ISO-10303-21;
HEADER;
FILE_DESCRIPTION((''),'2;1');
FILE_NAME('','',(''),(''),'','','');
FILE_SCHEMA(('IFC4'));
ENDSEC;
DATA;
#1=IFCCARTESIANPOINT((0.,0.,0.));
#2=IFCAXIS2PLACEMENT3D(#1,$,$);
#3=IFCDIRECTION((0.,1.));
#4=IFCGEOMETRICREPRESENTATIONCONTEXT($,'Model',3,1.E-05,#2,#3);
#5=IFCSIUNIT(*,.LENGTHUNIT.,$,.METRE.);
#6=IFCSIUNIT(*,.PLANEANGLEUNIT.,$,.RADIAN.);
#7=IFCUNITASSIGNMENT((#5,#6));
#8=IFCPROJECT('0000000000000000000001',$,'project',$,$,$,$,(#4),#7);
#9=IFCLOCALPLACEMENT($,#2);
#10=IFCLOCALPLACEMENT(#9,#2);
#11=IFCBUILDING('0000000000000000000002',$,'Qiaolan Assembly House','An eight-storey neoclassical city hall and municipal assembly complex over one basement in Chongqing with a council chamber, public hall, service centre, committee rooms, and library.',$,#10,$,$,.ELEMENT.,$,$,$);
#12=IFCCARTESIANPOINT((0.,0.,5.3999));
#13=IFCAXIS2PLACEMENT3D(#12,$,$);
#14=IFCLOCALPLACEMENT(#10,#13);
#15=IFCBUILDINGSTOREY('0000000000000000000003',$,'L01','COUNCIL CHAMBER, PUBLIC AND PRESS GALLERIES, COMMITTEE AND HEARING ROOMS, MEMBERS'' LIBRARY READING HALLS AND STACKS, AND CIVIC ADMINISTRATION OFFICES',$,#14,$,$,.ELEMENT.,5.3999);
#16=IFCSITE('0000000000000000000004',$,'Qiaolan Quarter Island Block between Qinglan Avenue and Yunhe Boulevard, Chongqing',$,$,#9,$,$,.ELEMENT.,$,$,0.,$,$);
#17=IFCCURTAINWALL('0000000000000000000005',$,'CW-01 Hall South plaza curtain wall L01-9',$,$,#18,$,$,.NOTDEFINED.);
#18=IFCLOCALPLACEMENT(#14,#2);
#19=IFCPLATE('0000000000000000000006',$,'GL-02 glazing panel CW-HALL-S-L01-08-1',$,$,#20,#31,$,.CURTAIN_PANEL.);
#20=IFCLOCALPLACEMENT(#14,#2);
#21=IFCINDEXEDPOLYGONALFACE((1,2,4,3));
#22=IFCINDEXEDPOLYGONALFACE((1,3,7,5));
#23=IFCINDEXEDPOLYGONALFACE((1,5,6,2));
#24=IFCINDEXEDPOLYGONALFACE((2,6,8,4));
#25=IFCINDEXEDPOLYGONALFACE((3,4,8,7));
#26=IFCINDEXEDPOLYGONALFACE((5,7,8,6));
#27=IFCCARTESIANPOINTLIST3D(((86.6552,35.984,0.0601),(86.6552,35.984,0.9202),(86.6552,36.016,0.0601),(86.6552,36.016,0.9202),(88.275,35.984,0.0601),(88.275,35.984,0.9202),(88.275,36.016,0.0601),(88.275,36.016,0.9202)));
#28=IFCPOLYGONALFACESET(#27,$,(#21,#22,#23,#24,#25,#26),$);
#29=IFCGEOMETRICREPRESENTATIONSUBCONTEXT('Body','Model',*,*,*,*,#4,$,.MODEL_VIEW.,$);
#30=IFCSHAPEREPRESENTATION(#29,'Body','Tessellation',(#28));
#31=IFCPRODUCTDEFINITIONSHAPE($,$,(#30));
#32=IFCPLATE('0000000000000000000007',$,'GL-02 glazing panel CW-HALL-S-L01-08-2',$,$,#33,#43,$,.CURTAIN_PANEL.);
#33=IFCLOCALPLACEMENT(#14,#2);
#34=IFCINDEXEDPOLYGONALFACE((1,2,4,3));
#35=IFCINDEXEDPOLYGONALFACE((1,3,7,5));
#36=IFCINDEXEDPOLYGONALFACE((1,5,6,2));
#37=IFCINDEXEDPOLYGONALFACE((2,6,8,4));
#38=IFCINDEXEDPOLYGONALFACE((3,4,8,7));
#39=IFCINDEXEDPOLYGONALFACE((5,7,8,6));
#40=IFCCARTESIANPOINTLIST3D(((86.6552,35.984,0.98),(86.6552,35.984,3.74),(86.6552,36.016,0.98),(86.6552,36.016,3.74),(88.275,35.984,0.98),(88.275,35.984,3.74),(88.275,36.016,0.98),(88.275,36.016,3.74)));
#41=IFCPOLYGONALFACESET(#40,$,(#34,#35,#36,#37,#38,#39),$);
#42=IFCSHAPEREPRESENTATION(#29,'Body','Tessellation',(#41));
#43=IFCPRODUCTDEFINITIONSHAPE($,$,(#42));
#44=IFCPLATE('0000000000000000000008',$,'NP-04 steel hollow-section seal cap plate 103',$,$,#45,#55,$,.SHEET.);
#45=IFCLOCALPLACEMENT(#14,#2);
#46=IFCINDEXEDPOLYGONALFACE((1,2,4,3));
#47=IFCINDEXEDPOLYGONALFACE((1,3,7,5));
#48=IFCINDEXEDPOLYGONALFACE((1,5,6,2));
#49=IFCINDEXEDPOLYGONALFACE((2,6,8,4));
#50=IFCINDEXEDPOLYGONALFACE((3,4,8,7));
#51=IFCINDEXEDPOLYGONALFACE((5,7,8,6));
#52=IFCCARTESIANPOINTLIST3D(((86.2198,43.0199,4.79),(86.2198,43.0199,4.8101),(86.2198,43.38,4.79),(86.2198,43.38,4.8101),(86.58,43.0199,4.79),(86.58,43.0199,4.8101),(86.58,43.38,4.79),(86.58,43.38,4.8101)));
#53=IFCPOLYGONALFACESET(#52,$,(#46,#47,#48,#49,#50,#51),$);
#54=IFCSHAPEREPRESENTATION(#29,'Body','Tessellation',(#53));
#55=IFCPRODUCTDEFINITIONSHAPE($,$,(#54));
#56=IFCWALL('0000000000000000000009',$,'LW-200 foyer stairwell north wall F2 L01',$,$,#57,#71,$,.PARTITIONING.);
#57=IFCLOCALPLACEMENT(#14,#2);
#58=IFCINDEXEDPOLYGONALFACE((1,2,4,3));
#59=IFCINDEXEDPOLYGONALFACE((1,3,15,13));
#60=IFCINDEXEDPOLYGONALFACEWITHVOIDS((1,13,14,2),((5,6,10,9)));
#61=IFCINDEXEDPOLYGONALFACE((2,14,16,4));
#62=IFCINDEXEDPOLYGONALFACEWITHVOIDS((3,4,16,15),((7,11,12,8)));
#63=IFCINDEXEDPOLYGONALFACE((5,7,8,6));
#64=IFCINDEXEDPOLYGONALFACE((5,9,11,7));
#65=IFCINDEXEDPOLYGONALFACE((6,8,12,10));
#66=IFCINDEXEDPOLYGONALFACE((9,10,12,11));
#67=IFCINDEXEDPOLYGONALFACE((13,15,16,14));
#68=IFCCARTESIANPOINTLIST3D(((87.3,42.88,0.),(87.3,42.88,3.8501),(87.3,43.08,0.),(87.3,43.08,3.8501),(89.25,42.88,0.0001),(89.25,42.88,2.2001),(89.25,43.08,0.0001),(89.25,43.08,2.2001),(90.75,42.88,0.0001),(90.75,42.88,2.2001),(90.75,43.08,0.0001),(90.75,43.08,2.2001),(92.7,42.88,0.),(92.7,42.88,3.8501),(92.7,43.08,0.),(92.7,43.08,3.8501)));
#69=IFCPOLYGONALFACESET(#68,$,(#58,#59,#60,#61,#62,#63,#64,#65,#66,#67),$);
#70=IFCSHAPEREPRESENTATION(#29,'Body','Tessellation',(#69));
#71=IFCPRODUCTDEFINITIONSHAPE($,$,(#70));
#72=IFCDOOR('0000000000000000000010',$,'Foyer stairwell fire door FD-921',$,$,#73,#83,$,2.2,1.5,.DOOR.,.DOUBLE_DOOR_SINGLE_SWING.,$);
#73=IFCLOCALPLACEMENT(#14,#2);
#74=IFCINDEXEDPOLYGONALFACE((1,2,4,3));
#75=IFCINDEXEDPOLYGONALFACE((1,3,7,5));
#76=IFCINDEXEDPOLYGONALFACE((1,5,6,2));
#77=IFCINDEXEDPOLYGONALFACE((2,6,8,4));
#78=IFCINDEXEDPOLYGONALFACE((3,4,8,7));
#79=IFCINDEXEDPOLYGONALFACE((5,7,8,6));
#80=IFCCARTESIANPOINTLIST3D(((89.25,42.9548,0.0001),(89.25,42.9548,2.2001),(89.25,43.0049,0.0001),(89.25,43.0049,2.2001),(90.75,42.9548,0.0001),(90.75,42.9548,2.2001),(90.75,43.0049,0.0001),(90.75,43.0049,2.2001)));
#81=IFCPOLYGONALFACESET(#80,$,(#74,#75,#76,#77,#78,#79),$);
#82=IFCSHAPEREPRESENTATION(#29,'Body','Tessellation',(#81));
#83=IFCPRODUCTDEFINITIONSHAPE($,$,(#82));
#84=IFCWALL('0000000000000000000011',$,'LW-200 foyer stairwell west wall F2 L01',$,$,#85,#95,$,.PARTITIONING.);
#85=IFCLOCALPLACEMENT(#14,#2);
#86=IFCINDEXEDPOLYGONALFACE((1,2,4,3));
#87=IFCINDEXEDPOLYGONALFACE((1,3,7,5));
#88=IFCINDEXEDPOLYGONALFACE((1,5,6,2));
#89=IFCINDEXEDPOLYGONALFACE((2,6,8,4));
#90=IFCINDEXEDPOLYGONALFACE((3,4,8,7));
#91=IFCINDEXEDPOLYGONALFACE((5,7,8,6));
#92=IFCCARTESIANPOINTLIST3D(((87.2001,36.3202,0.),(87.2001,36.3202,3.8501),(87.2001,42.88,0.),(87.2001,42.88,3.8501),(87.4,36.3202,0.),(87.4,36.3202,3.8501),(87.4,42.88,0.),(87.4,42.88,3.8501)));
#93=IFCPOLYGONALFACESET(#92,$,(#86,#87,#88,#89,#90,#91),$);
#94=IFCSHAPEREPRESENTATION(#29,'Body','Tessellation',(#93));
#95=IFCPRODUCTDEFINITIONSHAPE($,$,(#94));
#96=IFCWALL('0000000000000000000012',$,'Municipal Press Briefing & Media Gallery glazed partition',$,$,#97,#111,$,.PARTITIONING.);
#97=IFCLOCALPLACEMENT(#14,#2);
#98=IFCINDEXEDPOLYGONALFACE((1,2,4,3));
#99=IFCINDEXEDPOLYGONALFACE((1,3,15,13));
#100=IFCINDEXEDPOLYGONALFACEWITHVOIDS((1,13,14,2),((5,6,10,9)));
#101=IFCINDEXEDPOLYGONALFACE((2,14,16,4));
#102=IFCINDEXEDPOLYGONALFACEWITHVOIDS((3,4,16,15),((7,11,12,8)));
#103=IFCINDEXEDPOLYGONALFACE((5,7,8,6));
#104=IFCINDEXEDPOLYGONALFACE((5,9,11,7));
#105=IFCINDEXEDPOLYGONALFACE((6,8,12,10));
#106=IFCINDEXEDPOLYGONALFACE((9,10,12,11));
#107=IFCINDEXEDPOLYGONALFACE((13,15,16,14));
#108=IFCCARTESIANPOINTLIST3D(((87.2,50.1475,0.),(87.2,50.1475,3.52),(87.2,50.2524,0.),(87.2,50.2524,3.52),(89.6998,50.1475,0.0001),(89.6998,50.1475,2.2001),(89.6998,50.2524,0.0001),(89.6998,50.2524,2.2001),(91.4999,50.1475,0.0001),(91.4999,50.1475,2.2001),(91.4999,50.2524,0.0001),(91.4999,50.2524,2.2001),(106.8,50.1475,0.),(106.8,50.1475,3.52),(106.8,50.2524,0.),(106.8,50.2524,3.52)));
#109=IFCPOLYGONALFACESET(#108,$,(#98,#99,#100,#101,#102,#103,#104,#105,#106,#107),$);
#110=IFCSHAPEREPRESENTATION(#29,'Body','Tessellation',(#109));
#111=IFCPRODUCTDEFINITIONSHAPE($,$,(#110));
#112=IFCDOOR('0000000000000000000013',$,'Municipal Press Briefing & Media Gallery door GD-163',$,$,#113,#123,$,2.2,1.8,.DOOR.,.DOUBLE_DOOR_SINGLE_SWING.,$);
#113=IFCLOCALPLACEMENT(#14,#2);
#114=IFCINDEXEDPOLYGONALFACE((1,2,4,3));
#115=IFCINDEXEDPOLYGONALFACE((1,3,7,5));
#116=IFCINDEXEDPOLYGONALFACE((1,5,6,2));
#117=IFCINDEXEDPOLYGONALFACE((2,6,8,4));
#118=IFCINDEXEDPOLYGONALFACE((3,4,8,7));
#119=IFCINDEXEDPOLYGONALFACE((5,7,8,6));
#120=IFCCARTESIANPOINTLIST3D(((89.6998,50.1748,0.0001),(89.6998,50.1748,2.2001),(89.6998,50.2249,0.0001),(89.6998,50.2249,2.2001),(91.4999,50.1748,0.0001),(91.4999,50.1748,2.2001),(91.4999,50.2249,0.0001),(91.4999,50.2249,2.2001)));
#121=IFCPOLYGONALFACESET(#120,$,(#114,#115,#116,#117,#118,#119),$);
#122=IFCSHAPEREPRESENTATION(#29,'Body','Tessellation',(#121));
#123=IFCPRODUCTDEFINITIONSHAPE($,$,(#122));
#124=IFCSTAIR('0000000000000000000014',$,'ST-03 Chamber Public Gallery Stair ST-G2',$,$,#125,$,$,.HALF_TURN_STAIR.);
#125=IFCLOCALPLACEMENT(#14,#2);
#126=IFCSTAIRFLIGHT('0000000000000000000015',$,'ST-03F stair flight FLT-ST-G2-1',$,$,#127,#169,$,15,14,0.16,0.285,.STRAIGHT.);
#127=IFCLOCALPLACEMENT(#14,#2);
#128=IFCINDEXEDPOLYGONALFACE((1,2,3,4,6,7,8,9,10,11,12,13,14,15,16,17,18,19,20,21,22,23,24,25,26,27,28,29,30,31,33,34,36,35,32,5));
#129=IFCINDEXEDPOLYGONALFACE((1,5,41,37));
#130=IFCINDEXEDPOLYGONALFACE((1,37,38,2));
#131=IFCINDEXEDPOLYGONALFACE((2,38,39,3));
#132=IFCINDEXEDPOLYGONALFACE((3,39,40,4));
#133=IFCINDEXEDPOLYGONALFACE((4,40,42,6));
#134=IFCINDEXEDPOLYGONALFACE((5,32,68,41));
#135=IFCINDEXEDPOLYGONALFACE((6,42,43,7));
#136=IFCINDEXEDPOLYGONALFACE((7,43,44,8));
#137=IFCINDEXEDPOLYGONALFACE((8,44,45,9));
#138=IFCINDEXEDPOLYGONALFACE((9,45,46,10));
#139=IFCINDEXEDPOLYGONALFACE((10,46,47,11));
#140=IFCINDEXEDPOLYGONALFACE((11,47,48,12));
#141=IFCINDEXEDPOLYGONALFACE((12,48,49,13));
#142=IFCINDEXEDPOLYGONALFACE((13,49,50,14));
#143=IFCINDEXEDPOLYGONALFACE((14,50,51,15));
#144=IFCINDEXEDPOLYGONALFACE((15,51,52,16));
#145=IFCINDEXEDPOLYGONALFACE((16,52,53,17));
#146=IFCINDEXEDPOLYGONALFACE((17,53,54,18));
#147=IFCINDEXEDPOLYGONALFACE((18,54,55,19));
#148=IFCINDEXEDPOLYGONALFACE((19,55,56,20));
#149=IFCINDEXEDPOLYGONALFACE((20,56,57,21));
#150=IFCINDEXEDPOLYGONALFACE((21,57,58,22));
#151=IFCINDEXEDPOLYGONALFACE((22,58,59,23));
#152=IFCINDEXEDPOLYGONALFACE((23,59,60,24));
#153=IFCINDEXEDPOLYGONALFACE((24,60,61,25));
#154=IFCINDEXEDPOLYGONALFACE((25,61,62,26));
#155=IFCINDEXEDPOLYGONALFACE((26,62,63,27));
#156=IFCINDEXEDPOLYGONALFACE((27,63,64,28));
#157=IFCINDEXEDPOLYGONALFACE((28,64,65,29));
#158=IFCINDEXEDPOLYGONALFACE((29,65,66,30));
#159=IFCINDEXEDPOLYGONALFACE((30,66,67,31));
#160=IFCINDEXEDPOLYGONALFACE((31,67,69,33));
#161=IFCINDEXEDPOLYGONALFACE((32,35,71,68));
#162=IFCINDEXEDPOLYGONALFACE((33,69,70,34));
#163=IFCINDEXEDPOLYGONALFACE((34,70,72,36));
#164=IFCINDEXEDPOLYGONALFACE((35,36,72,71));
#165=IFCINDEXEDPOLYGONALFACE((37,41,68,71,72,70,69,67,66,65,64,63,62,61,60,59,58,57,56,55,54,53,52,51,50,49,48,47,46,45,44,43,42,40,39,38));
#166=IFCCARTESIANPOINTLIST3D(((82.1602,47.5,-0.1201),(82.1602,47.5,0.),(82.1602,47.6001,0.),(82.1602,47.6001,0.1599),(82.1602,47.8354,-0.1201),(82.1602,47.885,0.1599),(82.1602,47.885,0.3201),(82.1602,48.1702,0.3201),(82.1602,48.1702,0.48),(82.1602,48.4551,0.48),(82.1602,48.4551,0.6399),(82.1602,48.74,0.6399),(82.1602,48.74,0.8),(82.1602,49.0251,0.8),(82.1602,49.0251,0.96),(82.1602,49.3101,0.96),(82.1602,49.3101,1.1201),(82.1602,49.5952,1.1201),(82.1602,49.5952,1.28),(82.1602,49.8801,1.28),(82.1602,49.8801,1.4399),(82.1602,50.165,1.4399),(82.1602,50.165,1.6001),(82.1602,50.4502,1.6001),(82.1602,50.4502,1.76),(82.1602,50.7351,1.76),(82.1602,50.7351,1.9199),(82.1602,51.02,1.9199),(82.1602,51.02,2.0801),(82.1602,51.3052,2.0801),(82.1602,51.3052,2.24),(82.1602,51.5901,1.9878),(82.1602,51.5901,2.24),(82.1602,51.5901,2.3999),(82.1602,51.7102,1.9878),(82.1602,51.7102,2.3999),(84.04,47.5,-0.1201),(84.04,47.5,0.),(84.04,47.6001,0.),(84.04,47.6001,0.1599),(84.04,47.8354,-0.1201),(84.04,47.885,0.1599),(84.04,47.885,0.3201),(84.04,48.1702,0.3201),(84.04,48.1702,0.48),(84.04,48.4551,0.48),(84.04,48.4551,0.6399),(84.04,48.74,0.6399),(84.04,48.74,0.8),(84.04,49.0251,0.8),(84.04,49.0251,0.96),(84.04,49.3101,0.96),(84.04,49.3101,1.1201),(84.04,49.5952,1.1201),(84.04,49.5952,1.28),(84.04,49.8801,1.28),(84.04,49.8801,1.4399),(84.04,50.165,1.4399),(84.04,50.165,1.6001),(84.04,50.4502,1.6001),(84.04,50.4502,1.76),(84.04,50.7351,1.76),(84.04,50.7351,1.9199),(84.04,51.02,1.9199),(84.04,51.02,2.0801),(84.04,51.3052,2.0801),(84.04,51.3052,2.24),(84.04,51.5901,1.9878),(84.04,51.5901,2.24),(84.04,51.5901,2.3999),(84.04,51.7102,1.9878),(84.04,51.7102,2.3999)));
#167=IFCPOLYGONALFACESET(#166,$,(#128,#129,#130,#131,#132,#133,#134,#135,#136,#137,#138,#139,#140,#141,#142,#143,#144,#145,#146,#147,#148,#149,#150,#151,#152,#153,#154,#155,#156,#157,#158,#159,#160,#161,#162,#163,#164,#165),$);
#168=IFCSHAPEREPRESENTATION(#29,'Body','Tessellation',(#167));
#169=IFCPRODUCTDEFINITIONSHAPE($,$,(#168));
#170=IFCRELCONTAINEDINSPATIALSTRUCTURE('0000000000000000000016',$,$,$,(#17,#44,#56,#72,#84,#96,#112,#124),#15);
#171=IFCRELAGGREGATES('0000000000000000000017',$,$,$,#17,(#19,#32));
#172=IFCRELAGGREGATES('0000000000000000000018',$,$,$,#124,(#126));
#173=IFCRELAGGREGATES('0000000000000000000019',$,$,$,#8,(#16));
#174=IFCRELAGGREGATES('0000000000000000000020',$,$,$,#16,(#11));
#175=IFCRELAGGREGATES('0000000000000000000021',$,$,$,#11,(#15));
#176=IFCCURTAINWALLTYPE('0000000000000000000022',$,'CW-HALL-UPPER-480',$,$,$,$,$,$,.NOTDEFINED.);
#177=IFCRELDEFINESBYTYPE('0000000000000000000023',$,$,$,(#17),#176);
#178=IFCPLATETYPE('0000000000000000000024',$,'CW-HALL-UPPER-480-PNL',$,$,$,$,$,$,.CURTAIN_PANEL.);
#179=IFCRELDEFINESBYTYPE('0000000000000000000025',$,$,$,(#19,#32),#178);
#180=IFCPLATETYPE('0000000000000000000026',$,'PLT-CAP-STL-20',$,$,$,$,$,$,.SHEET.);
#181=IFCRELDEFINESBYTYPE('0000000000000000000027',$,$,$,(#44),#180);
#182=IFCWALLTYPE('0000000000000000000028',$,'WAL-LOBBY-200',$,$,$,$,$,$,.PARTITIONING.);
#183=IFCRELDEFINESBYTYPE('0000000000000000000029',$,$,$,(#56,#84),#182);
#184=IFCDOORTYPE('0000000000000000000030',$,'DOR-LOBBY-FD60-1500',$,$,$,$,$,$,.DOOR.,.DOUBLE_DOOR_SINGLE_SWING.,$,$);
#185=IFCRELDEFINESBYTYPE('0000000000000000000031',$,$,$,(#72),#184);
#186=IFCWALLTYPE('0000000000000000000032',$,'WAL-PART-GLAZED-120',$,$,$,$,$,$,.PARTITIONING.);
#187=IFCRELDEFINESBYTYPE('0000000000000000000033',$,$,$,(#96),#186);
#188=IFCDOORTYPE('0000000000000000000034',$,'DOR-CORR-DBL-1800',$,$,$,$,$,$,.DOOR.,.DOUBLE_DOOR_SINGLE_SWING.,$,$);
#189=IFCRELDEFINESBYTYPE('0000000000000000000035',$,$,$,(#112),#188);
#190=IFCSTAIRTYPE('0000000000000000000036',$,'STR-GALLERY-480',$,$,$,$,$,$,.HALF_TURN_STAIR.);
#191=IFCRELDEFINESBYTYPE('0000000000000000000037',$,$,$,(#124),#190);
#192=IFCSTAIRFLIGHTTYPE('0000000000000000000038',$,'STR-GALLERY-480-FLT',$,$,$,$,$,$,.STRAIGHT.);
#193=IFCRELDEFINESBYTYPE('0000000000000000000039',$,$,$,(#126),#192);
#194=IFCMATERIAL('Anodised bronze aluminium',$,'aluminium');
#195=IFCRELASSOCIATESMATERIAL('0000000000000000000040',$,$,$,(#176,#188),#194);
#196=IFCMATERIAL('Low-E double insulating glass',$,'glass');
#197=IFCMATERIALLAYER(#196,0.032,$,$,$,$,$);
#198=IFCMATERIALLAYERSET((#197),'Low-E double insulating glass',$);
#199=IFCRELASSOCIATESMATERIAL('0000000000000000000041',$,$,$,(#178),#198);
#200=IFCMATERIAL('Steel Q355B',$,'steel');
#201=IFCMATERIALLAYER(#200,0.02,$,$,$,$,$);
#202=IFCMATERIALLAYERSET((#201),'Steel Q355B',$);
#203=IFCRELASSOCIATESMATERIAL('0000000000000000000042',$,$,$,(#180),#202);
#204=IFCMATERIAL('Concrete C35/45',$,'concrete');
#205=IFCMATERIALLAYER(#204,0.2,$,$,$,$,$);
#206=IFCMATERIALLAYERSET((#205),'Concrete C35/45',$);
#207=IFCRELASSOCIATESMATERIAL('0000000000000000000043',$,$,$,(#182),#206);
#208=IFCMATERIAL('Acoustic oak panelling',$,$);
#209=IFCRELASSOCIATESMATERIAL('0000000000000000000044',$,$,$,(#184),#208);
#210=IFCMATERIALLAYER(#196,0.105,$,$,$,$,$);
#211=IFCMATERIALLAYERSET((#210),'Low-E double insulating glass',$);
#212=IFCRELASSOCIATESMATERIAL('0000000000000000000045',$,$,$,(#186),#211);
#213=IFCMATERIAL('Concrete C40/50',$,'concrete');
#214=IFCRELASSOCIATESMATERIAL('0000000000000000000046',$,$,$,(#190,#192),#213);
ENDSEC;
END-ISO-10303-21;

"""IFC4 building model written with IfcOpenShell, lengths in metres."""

from ifc_helpers import new_model, si_unit, direction, frame, frame_2d, origin, origin_2d, place, context, subcontext, project, spatial, polyline, rectangle, outline, extrude, material, layer, layer_set, type_object, element, fill, aggregate, save


model = new_model("IFC4")

# Units and contexts
model_context = context("Model", 3, precision=1e-05, world=origin(), true_north=direction((0.0, 1.0)))
body_context = subcontext(model_context, "Body", "Model", "MODEL_VIEW")
ifc_project = project(units=[si_unit("LENGTHUNIT", "METRE"), si_unit("PLANEANGLEUNIT", "RADIAN")], contexts=[model_context])

# Site, building, storey
site_placement = place(None, origin())
site = spatial("IfcSite", under=ifc_project, at=site_placement, Name="Qiaolan Quarter Island Block between Qinglan Avenue and Yunhe Boulevard, Chongqing", CompositionType="ELEMENT", RefElevation=0.0)
building_placement = place(site_placement, origin())
building = spatial("IfcBuilding", under=site, at=building_placement, Name="Qiaolan Assembly House", Description="An eight-storey neoclassical city hall and municipal assembly complex over one basement in Chongqing with a council chamber, public hall, service centre, committee rooms, and library.", CompositionType="ELEMENT")
storey_placement = place(building_placement, frame((0.0, 0.0, 5.3999)))
storey = spatial("IfcBuildingStorey", under=building, at=storey_placement, Name="L01", Description="COUNCIL CHAMBER, PUBLIC AND PRESS GALLERIES, COMMITTEE AND HEARING ROOMS, MEMBERS' LIBRARY READING HALLS AND STACKS, AND CIVIC ADMINISTRATION OFFICES", CompositionType="ELEMENT", Elevation=5.3999)

# Shared definitions
ifc_material_1 = material(Name="Steel Q355B", Category="steel")

# Curtain wall
ifc_material_2 = material(Name="Anodised bronze aluminium", Category="aluminium")
curtain_wall_type = type_object("IfcCurtainWallType", Name="CW-HALL-UPPER-480", PredefinedType="NOTDEFINED", material=ifc_material_2)
curtain_wall_placement = place(storey_placement, origin())
curtain_wall = element("IfcCurtainWall", 1, at=curtain_wall_placement, inside=storey, type_object=curtain_wall_type, Name="CW-01 Hall South plaza curtain wall L01-9", PredefinedType="NOTDEFINED")

# Plates
ifc_material_3 = material(Name="Low-E double insulating glass", Category="glass")
ifc_layer_1 = layer(ifc_material_3, 0.032)
ifc_layer_set_1 = layer_set([ifc_layer_1], Name="Low-E double insulating glass")
plate_type_1 = type_object("IfcPlateType", Name="CW-HALL-UPPER-480-PNL", PredefinedType="CURTAIN_PANEL", material=ifc_layer_set_1)
plate_1_placement = place(storey_placement, frame((86.655, 36.0, 0.0601), z_axis=(0.0, 0.0, 1.0), x_axis=(1.0, 0.0, 0.0)))
plate_1 = element("IfcPlate", 2, at=plate_1_placement, type_object=plate_type_1, Name="GL-02 glazing panel CW-HALL-S-L01-08-1", PredefinedType="CURTAIN_PANEL", context=body_context, shape_type="SweptSolid", body=[
    extrude(rectangle(XDim=1.6199, YDim=0.032, at=frame_2d((0.8101, 0.0))), origin(), (0.0, 0.0, 1.0), 0.8601),
])
plate_2_placement = place(storey_placement, frame((86.655, 36.0, 0.98), z_axis=(0.0, 0.0, 1.0), x_axis=(1.0, 0.0, 0.0)))
plate_2 = element("IfcPlate", 3, at=plate_2_placement, type_object=plate_type_1, Name="GL-02 glazing panel CW-HALL-S-L01-08-2", PredefinedType="CURTAIN_PANEL", context=body_context, shape_type="SweptSolid", body=[
    extrude(rectangle(XDim=1.6199, YDim=0.032, at=frame_2d((0.8101, 0.0))), origin(), (0.0, 0.0, 1.0), 2.76),
])
aggregate(curtain_wall, [plate_1, plate_2])
ifc_layer_2 = layer(ifc_material_1, 0.02)
ifc_layer_set_2 = layer_set([ifc_layer_2], Name="Steel Q355B")
plate_type_2 = type_object("IfcPlateType", Name="PLT-CAP-STL-20", PredefinedType="SHEET", material=ifc_layer_set_2)
plate_3_placement = place(storey_placement, frame((86.3999, 43.2, 4.79), z_axis=(0.0, 0.0, 1.0), x_axis=(1.0, 0.0, 0.0)))
element("IfcPlate", 4, at=plate_3_placement, inside=storey, type_object=plate_type_2, Name="NP-04 steel hollow-section seal cap plate 103", PredefinedType="SHEET", context=body_context, shape_type="SweptSolid", body=[
    extrude(rectangle(XDim=0.3601, YDim=0.3601, at=origin_2d()), origin(), (0.0, 0.0, 1.0), 0.02),
])

# Wall, opening, door
ifc_material_4 = material(Name="Concrete C35/45", Category="concrete")
ifc_layer_3 = layer(ifc_material_4, 0.2)
ifc_layer_set_3 = layer_set([ifc_layer_3], Name="Concrete C35/45")
wall_type_1 = type_object("IfcWallType", Name="WAL-LOBBY-200", PredefinedType="PARTITIONING", material=ifc_layer_set_3)
wall_1_placement = place(storey_placement, frame((87.3, 42.98, 0.0), z_axis=(0.0, 0.0, 1.0), x_axis=(1.0, 0.0, 0.0)))
wall_1 = element("IfcWall", 5, at=wall_1_placement, inside=storey, type_object=wall_type_1, Name="LW-200 foyer stairwell north wall F2 L01", PredefinedType="PARTITIONING", context=body_context, shape_type="SweptSolid", body=[
    extrude(rectangle(XDim=5.3999, YDim=0.2, at=frame_2d((2.7, 0.0))), origin(), (0.0, 0.0, 1.0), 3.8501),
])
opening_1_placement = place(wall_1_placement, frame((1.95, 0.0, 0.0)))
opening_1 = element("IfcOpeningElement", 6, at=opening_1_placement, cuts=wall_1, PredefinedType="OPENING", context=body_context, shape_type="SweptSolid", body=[
    extrude(rectangle(XDim=1.5, YDim=2.2, at=frame_2d((0.75, 1.1001))), frame((0.0, 0.1099, 0.0), z_axis=(0.0, -1.0, 0.0), x_axis=(1.0, 0.0, 0.0)), (0.0, 0.0, 1.0), 0.22),
])
ifc_material_5 = material(Name="Acoustic oak panelling")
door_type_1 = type_object("IfcDoorType", Name="DOR-LOBBY-FD60-1500", OperationType="DOUBLE_DOOR_SINGLE_SWING", PredefinedType="DOOR", material=ifc_material_5)
door_1_placement = place(opening_1_placement, origin())
door_1 = element("IfcDoor", 7, at=door_1_placement, inside=storey, type_object=door_type_1, Name="Foyer stairwell fire door FD-921", OperationType="DOUBLE_DOOR_SINGLE_SWING", OverallHeight=2.2, OverallWidth=1.5, PredefinedType="DOOR", context=body_context, shape_type="SweptSolid", body=[
    extrude(rectangle(XDim=1.5, YDim=2.2, at=frame_2d((0.75, 1.1001))), frame((0.0, 0.0249, 0.0), z_axis=(0.0, -1.0, 0.0), x_axis=(1.0, 0.0, 0.0)), (0.0, 0.0, 1.0), 0.05),
])
fill(opening_1, door_1)

# Wall
wall_2_placement = place(storey_placement, frame((87.3, 42.8799, 0.0), z_axis=(0.0, 0.0, 1.0), x_axis=(0.0, -1.0, 0.0)))
element("IfcWall", 8, at=wall_2_placement, inside=storey, type_object=wall_type_1, Name="LW-200 foyer stairwell west wall F2 L01", PredefinedType="PARTITIONING", context=body_context, shape_type="SweptSolid", body=[
    extrude(rectangle(XDim=6.5598, YDim=0.2, at=frame_2d((3.2798, 0.0))), origin(), (0.0, 0.0, 1.0), 3.8501),
])

# Wall, opening, door
ifc_layer_4 = layer(ifc_material_3, 0.105)
ifc_layer_set_4 = layer_set([ifc_layer_4], Name="Low-E double insulating glass")
wall_type_2 = type_object("IfcWallType", Name="WAL-PART-GLAZED-120", PredefinedType="PARTITIONING", material=ifc_layer_set_4)
wall_3_placement = place(storey_placement, frame((87.2, 50.2, 0.0), z_axis=(0.0, 0.0, 1.0), x_axis=(1.0, 0.0, 0.0)))
wall_3 = element("IfcWall", 9, at=wall_3_placement, inside=storey, type_object=wall_type_2, Name="Municipal Press Briefing & Media Gallery glazed partition", PredefinedType="PARTITIONING", context=body_context, shape_type="SweptSolid", body=[
    extrude(rectangle(XDim=19.6001, YDim=0.105, at=frame_2d((9.8, 0.0))), origin(), (0.0, 0.0, 1.0), 3.52),
])
opening_2_placement = place(wall_3_placement, frame((2.5, 0.0, 0.0)))
opening_2 = element("IfcOpeningElement", 10, at=opening_2_placement, cuts=wall_3, PredefinedType="OPENING", context=body_context, shape_type="SweptSolid", body=[
    extrude(rectangle(XDim=1.8, YDim=2.2, at=frame_2d((0.8999, 1.1001))), frame((0.0, 0.0625, 0.0), z_axis=(0.0, -1.0, 0.0), x_axis=(1.0, 0.0, 0.0)), (0.0, 0.0, 1.0), 0.125),
])
door_type_2 = type_object("IfcDoorType", Name="DOR-CORR-DBL-1800", OperationType="DOUBLE_DOOR_SINGLE_SWING", PredefinedType="DOOR", material=ifc_material_2)
door_2_placement = place(opening_2_placement, origin())
door_2 = element("IfcDoor", 11, at=door_2_placement, inside=storey, type_object=door_type_2, Name="Municipal Press Briefing & Media Gallery door GD-163", OperationType="DOUBLE_DOOR_SINGLE_SWING", OverallHeight=2.2, OverallWidth=1.8, PredefinedType="DOOR", context=body_context, shape_type="SweptSolid", body=[
    extrude(rectangle(XDim=1.8, YDim=2.2, at=frame_2d((0.8999, 1.1001))), frame((0.0, 0.0249, 0.0), z_axis=(0.0, -1.0, 0.0), x_axis=(1.0, 0.0, 0.0)), (0.0, 0.0, 1.0), 0.05),
])
fill(opening_2, door_2)

# Stair, stair flight
ifc_material_6 = material(Name="Concrete C40/50", Category="concrete")
stair_type = type_object("IfcStairType", Name="STR-GALLERY-480", PredefinedType="HALF_TURN_STAIR", material=ifc_material_6)
stair_placement = place(storey_placement, origin())
stair = element("IfcStair", 12, at=stair_placement, inside=storey, type_object=stair_type, Name="ST-03 Chamber Public Gallery Stair ST-G2", PredefinedType="HALF_TURN_STAIR")
stair_flight_type = type_object("IfcStairFlightType", Name="STR-GALLERY-480-FLT", PredefinedType="STRAIGHT", material=ifc_material_6)
stair_flight_placement = place(storey_placement, frame((83.1001, 47.6001, 0.0), z_axis=(0.0, 0.0, 1.0), x_axis=(0.0, 1.0, 0.0)))
stair_flight = element("IfcStairFlight", 13, at=stair_flight_placement, type_object=stair_flight_type, Name="ST-03F stair flight FLT-ST-G2-1", NumberOfRisers=15, NumberOfTreads=14, PredefinedType="STRAIGHT", RiserHeight=0.16, TreadLength=0.285, context=body_context, shape_type="SweptSolid", body=[
    extrude(outline(polyline([(-0.1001, -0.1201), (-0.1001, 0.0), (0.0, 0.0), (0.0, 0.1599), (0.2849, 0.1599), (0.2849, 0.3201), (0.5701, 0.3201), (0.5701, 0.48), (0.855, 0.48), (0.855, 0.6399), (1.1399, 0.6399), (1.1399, 0.8), (1.425, 0.8), (1.425, 0.96), (1.71, 0.96), (1.71, 1.1201), (1.9951, 1.1201), (1.9951, 1.28), (2.28, 1.28), (2.28, 1.4399), (2.5649, 1.4399), (2.5649, 1.6001), (2.8501, 1.6001), (2.8501, 1.76), (3.135, 1.76), (3.135, 1.9199), (3.4199, 1.9199), (3.4199, 2.0801), (3.7051, 2.0801), (3.7051, 2.24), (3.99, 2.24), (3.99, 2.3999), (4.1101, 2.3999), (4.1101, 1.9878), (3.99, 1.9878), (0.2354, -0.1201), (-0.1001, -0.1201)])), frame((0.0, 0.9399, 0.0), z_axis=(0.0, -1.0, 0.0), x_axis=(1.0, 0.0, 0.0)), (0.0, 0.0, 1.0), 1.8799),
])
aggregate(stair, [stair_flight])

save(model, "model.ifc")
